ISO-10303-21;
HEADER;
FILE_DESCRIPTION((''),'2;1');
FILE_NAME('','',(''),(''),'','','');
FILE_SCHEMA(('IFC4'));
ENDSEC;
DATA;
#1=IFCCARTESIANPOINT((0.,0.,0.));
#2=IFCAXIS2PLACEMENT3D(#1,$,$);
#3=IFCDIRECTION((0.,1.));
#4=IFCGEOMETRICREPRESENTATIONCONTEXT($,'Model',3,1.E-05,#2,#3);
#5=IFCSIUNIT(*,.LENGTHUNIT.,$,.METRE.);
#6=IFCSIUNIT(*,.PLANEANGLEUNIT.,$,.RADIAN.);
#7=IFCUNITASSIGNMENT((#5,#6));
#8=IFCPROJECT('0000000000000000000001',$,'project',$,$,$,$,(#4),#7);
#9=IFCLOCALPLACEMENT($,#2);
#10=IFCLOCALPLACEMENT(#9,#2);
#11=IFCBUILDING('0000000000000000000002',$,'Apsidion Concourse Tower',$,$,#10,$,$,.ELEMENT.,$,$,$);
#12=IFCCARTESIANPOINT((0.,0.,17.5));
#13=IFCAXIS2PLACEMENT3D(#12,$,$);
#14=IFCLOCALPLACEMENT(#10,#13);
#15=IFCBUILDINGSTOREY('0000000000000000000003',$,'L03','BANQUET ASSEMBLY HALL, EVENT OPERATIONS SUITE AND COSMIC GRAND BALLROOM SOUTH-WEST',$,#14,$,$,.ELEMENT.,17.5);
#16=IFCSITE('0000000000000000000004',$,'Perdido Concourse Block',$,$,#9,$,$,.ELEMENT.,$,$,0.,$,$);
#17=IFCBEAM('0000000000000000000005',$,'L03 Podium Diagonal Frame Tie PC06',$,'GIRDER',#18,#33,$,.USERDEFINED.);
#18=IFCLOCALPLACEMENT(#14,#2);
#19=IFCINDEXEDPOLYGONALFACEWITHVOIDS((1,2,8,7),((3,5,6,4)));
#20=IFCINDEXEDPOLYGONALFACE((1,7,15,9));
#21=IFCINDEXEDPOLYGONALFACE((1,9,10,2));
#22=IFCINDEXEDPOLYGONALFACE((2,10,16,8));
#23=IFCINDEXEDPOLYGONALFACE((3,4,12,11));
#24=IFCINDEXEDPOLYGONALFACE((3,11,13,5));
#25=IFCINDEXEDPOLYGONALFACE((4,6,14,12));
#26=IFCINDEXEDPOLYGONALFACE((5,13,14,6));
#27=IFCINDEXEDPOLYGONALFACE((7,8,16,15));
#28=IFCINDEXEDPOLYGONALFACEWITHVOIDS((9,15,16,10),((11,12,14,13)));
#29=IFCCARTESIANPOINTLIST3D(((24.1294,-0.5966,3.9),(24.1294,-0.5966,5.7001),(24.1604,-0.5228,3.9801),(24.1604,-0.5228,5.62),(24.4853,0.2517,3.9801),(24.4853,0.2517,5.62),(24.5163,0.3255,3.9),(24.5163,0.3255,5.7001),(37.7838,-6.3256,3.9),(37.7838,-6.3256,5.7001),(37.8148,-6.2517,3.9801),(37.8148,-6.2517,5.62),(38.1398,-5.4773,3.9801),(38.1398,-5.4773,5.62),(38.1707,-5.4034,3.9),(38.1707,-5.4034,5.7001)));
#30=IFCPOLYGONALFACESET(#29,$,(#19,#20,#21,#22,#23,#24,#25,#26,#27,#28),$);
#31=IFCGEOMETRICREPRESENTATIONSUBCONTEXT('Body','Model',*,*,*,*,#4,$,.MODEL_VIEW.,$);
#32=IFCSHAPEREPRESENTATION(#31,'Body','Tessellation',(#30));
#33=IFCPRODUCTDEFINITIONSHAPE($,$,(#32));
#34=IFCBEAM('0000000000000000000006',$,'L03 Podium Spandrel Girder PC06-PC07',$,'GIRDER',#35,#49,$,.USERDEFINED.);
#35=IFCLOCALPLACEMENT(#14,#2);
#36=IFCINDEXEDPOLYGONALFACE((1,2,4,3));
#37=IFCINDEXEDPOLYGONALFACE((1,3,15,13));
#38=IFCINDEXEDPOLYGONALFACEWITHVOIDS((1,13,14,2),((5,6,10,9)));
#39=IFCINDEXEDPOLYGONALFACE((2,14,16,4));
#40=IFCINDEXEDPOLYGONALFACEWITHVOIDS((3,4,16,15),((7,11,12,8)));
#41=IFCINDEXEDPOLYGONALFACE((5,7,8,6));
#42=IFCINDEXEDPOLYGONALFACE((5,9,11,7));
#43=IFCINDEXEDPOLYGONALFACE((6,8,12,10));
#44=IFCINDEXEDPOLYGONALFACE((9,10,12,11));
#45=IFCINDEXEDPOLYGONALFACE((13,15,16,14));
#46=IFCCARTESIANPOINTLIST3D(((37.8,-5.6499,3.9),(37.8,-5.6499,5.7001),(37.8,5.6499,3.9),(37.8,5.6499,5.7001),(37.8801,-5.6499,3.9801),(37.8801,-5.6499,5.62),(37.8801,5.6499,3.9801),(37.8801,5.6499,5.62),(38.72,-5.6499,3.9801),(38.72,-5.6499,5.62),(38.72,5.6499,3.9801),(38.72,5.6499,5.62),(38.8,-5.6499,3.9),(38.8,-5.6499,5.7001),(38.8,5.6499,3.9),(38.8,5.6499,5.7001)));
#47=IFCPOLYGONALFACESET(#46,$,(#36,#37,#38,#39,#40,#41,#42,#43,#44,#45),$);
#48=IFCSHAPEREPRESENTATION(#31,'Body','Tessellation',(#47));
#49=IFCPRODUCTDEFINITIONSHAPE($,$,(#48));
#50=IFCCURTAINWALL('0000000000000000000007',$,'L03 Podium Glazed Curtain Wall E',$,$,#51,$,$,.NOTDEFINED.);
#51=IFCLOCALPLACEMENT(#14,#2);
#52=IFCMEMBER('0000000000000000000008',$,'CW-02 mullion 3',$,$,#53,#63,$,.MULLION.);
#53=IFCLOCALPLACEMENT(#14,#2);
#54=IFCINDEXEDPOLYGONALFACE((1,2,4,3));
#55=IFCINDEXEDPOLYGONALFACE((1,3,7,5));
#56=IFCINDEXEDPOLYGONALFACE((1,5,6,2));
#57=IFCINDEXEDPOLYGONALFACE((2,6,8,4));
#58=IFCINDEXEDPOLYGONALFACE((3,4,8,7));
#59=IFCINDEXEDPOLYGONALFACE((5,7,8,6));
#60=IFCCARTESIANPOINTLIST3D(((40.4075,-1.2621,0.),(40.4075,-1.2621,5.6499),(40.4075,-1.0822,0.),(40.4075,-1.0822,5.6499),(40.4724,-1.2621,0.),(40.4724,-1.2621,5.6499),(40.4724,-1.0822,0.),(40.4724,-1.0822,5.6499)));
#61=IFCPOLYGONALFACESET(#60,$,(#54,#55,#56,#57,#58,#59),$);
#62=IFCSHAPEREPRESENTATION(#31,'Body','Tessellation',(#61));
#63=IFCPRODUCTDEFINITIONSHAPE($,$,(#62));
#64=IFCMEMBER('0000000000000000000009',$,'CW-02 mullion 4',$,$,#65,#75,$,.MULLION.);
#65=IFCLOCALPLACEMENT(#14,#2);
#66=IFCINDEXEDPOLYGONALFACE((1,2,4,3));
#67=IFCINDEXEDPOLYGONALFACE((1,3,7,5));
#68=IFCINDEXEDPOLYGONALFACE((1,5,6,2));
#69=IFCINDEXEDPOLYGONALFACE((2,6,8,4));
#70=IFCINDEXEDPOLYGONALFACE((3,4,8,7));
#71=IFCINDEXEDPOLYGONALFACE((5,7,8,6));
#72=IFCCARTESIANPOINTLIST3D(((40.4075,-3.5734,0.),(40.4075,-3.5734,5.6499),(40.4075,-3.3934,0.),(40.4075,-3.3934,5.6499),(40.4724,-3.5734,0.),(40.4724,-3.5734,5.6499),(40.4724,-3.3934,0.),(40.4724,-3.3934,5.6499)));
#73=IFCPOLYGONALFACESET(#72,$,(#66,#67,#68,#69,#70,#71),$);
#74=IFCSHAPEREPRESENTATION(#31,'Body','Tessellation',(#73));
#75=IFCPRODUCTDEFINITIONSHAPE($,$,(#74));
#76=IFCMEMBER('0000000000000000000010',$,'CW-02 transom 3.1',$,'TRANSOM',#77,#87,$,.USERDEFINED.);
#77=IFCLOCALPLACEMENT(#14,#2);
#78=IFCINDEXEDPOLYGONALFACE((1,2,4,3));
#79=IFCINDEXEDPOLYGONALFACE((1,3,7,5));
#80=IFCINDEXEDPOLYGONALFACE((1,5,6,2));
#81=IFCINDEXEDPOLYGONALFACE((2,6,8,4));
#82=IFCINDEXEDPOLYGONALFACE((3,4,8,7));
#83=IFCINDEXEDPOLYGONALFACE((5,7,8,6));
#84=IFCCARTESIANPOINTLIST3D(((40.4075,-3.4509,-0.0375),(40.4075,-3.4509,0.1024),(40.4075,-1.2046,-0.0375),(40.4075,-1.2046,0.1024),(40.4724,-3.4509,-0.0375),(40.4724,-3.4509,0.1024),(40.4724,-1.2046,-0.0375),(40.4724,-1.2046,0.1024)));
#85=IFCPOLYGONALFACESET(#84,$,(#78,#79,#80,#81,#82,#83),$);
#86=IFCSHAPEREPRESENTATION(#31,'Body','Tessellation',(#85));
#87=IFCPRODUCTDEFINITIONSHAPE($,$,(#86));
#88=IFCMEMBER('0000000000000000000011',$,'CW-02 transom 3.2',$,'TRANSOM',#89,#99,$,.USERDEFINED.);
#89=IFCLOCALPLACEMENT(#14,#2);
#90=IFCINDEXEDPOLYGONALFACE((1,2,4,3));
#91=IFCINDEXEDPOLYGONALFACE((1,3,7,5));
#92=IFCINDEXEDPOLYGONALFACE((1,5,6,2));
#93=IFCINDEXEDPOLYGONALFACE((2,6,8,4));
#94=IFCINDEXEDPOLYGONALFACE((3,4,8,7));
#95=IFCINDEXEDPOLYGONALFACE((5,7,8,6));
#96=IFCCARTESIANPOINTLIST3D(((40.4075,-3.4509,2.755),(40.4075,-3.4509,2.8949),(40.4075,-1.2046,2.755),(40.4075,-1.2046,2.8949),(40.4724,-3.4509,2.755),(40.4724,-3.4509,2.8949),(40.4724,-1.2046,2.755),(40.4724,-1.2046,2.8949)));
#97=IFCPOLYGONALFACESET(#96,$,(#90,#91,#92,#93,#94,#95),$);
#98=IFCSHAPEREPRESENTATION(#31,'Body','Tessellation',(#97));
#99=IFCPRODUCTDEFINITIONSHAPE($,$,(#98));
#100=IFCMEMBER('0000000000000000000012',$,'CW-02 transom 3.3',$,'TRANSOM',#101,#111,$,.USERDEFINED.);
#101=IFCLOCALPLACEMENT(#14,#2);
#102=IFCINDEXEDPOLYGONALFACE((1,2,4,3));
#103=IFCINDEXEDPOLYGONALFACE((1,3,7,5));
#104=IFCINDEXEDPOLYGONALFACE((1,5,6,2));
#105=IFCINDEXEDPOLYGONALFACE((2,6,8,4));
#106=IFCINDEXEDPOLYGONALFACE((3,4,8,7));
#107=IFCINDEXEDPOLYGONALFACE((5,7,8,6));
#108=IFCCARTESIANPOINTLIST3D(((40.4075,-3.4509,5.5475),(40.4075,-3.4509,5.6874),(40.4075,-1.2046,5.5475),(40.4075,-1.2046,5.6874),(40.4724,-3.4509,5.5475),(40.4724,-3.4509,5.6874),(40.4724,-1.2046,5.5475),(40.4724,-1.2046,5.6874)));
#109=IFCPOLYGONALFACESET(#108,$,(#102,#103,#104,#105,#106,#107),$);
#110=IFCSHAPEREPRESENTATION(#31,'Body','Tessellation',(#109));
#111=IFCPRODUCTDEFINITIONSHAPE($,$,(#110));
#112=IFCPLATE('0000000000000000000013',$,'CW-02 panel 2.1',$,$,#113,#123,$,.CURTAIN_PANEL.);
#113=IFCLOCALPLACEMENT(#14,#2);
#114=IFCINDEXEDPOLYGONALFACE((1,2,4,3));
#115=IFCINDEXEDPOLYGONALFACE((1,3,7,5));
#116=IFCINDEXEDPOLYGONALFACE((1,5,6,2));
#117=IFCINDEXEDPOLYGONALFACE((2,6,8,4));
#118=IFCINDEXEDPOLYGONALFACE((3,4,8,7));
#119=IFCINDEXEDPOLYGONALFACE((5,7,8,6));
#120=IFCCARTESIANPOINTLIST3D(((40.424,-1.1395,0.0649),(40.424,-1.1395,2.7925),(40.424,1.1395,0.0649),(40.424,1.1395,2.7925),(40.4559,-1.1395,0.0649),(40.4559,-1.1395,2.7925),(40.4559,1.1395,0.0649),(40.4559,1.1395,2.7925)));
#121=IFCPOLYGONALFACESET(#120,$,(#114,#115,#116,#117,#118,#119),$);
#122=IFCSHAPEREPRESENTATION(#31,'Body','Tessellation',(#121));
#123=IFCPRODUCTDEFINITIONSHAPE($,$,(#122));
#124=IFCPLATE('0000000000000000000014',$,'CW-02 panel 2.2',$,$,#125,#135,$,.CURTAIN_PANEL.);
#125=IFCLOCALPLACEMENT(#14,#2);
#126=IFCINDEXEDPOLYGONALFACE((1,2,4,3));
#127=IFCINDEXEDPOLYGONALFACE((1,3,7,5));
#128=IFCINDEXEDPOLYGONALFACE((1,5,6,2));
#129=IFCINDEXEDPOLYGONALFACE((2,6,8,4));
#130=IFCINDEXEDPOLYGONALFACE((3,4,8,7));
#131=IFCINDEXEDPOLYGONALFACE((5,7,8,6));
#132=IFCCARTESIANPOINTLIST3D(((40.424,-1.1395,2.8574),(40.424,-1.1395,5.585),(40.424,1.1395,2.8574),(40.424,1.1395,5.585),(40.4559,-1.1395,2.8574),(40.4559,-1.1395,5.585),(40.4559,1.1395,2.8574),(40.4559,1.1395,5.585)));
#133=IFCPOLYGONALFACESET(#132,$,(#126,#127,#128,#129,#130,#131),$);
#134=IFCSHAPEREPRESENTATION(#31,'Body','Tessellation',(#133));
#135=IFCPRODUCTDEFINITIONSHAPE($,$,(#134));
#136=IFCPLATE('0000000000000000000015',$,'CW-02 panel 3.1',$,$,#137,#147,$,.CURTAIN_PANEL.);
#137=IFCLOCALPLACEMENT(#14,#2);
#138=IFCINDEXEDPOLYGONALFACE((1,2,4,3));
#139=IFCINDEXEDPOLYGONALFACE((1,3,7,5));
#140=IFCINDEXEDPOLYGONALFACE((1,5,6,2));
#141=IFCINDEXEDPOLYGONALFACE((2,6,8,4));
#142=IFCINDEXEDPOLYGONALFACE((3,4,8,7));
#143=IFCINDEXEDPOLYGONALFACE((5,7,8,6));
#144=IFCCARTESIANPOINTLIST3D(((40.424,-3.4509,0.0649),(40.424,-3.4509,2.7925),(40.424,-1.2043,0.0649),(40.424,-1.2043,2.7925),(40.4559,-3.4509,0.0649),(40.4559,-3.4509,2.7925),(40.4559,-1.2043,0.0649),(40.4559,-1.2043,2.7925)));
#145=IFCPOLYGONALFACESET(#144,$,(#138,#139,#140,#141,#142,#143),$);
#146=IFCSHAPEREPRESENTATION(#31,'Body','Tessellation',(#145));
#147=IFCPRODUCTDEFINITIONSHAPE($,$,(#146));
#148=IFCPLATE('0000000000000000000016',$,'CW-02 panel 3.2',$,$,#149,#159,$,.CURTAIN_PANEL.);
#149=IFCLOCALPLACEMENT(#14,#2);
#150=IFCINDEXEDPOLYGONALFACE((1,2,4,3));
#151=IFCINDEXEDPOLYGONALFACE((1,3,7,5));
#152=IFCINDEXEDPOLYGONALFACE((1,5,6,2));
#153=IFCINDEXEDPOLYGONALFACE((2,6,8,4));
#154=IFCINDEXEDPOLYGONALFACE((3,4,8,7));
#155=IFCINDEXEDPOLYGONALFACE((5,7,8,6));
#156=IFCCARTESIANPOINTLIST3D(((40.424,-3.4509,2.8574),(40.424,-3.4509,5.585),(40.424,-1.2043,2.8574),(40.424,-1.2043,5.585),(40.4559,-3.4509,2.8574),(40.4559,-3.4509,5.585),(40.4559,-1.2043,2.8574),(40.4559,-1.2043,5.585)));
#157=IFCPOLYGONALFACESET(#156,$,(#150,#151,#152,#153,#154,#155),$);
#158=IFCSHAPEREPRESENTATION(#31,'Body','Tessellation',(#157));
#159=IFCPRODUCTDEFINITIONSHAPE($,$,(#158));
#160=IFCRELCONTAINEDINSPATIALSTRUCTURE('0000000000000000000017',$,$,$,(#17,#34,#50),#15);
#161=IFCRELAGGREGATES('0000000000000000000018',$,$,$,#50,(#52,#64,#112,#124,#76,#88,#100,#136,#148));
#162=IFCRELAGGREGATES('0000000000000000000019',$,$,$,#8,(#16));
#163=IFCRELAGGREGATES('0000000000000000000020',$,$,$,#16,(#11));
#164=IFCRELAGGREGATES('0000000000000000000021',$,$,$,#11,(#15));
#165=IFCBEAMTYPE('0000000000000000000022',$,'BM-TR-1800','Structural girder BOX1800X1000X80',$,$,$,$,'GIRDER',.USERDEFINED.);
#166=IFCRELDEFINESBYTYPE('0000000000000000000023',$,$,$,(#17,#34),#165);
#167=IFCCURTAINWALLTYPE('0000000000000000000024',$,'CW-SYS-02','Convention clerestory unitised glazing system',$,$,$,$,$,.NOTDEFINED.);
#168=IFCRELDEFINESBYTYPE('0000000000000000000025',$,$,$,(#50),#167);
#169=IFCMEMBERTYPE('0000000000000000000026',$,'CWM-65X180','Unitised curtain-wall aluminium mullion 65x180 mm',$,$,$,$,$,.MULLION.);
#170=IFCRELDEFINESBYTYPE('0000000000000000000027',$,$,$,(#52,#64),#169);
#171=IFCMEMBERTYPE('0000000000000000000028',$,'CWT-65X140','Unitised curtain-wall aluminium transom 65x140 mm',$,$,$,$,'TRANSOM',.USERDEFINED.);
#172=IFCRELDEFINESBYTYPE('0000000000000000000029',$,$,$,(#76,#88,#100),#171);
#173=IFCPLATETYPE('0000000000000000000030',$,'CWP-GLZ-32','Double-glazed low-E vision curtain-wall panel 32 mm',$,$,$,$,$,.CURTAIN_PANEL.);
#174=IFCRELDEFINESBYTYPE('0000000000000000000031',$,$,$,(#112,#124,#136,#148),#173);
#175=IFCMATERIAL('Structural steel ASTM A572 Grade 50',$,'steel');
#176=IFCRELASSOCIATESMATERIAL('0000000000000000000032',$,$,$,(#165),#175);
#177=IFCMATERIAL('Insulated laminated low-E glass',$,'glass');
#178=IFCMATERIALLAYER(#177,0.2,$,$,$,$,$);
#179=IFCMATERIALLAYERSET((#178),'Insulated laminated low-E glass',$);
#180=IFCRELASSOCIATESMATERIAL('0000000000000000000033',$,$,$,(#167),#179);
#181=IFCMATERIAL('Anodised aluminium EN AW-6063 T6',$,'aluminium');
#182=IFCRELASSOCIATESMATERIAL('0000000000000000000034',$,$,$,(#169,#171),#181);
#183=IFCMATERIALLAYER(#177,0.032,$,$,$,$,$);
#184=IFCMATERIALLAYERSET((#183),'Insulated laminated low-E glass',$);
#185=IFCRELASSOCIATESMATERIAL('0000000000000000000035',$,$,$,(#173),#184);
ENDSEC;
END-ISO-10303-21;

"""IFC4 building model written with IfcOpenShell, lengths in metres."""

from ifc_helpers import new_model, si_unit, direction, frame, origin, origin_2d, place, context, subcontext, project, spatial, rectangle, hollow_rectangle, extrude, material, layer, layer_set, material_profile, profile_set, type_object, element, aggregate, save


model = new_model("IFC4")

# Units and contexts
model_context = context("Model", 3, precision=1e-05, world=origin(), true_north=direction((0.0, 1.0)))
body_context = subcontext(model_context, "Body", "Model", "MODEL_VIEW")
ifc_project = project(units=[si_unit("LENGTHUNIT", "METRE"), si_unit("PLANEANGLEUNIT", "RADIAN")], contexts=[model_context])

# Site, building, storey
site_placement = place(None, origin())
site = spatial("IfcSite", under=ifc_project, at=site_placement, Name="Perdido Concourse Block", CompositionType="ELEMENT", RefElevation=0.0)
building_placement = place(site_placement, origin())
building = spatial("IfcBuilding", under=site, at=building_placement, Name="Apsidion Concourse Tower", CompositionType="ELEMENT")
storey_placement = place(building_placement, frame((0.0, 0.0, 17.5)))
storey = spatial("IfcBuildingStorey", under=building, at=storey_placement, Name="L03", Description="BANQUET ASSEMBLY HALL, EVENT OPERATIONS SUITE AND COSMIC GRAND BALLROOM SOUTH-WEST", CompositionType="ELEMENT", Elevation=17.5)

# Beams
ifc_material_1 = material(Name="Structural steel ASTM A572 Grade 50", Category="steel")
ifc_material_profile_1 = material_profile(ifc_material_1, hollow_rectangle(XDim=1.0, YDim=1.8, WallThickness=0.0801, at=origin_2d()), Name="BOX1800X1000X80")
ifc_profile_set_1 = profile_set([ifc_material_profile_1], Name="Structural steel ASTM A572 Grade 50")
beam_type = type_object("IfcBeamType", Name="BM-TR-1800", Description="Structural girder BOX1800X1000X80", ElementType="GIRDER", PredefinedType="USERDEFINED", material=ifc_profile_set_1)
beam_1_placement = place(storey_placement, frame((37.9773, -5.8645, 4.8), z_axis=(-0.922124, 0.386894, 0.0), x_axis=(-0.386894, -0.922124, 0.0)))
element("IfcBeam", 1, at=beam_1_placement, inside=storey, type_object=beam_type, Name="L03 Podium Diagonal Frame Tie PC06", ObjectType="GIRDER", PredefinedType="USERDEFINED", context=body_context, shape_type="SweptSolid", body=[
    extrude(hollow_rectangle(XDim=1.0, YDim=1.8, WallThickness=0.0801, at=origin_2d()), origin(), (0.0, 0.0, 1.0), 14.8076),
])
beam_2_placement = place(storey_placement, frame((38.3, -5.6499, 4.8), z_axis=(0.0, 1.0, 0.0), x_axis=(-1.0, 0.0, 0.0)))
element("IfcBeam", 2, at=beam_2_placement, inside=storey, type_object=beam_type, Name="L03 Podium Spandrel Girder PC06-PC07", ObjectType="GIRDER", PredefinedType="USERDEFINED", context=body_context, shape_type="SweptSolid", body=[
    extrude(hollow_rectangle(XDim=1.0, YDim=1.8, WallThickness=0.0801, at=origin_2d()), origin(), (0.0, 0.0, 1.0), 11.2998),
])

# Curtain wall, members, plates
ifc_material_2 = material(Name="Insulated laminated low-E glass", Category="glass")
ifc_layer_1 = layer(ifc_material_2, 0.2)
ifc_layer_set_1 = layer_set([ifc_layer_1], Name="Insulated laminated low-E glass")
curtain_wall_type = type_object("IfcCurtainWallType", Name="CW-SYS-02", Description="Convention clerestory unitised glazing system", PredefinedType="NOTDEFINED", material=ifc_layer_set_1)
curtain_wall_placement = place(storey_placement, origin())
curtain_wall = element("IfcCurtainWall", 3, at=curtain_wall_placement, inside=storey, type_object=curtain_wall_type, Name="L03 Podium Glazed Curtain Wall E", PredefinedType="NOTDEFINED")
ifc_material_3 = material(Name="Anodised aluminium EN AW-6063 T6", Category="aluminium")
ifc_material_profile_2 = material_profile(ifc_material_3, rectangle(XDim=0.0649, YDim=0.1799, at=origin_2d()), Name="ALU MULLION 65x180")
ifc_profile_set_2 = profile_set([ifc_material_profile_2], Name="Anodised aluminium EN AW-6063 T6")
member_type_1 = type_object("IfcMemberType", Name="CWM-65X180", Description="Unitised curtain-wall aluminium mullion 65x180 mm", PredefinedType="MULLION", material=ifc_profile_set_2)
member_1_placement = place(storey_placement, frame((40.4399, -1.1721, 0.0), z_axis=(0.0, 0.0, 1.0), x_axis=(1.0, 0.0, 0.0)))
member_1 = element("IfcMember", 4, at=member_1_placement, type_object=member_type_1, Name="CW-02 mullion 3", PredefinedType="MULLION", context=body_context, shape_type="SweptSolid", body=[
    extrude(rectangle(XDim=0.0649, YDim=0.1799, at=origin_2d()), origin(), (0.0, 0.0, 1.0), 5.6499),
])
member_2_placement = place(storey_placement, frame((40.4399, -3.4834, 0.0), z_axis=(0.0, 0.0, 1.0), x_axis=(1.0, 0.0, 0.0)))
member_2 = element("IfcMember", 5, at=member_2_placement, type_object=member_type_1, Name="CW-02 mullion 4", PredefinedType="MULLION", context=body_context, shape_type="SweptSolid", body=[
    extrude(rectangle(XDim=0.0649, YDim=0.1799, at=origin_2d()), origin(), (0.0, 0.0, 1.0), 5.6499),
])
ifc_material_profile_3 = material_profile(ifc_material_3, rectangle(XDim=0.0649, YDim=0.1399, at=origin_2d()), Name="ALU TRANSOM 65x140")
ifc_profile_set_3 = profile_set([ifc_material_profile_3], Name="Anodised aluminium EN AW-6063 T6")
member_type_2 = type_object("IfcMemberType", Name="CWT-65X140", Description="Unitised curtain-wall aluminium transom 65x140 mm", ElementType="TRANSOM", PredefinedType="USERDEFINED", material=ifc_profile_set_3)
member_3_placement = place(storey_placement, frame((40.4399, -1.2046, 0.0325), z_axis=(0.0, -1.0, 0.0), x_axis=(1.0, 0.0, 0.0)))
member_3 = element("IfcMember", 6, at=member_3_placement, type_object=member_type_2, Name="CW-02 transom 3.1", ObjectType="TRANSOM", PredefinedType="USERDEFINED", context=body_context, shape_type="SweptSolid", body=[
    extrude(rectangle(XDim=0.0649, YDim=0.1399, at=origin_2d()), origin(), (0.0, 0.0, 1.0), 2.2463),
])
member_4_placement = place(storey_placement, frame((40.4399, -1.2046, 2.825), z_axis=(0.0, -1.0, 0.0), x_axis=(1.0, 0.0, 0.0)))
member_4 = element("IfcMember", 7, at=member_4_placement, type_object=member_type_2, Name="CW-02 transom 3.2", ObjectType="TRANSOM", PredefinedType="USERDEFINED", context=body_context, shape_type="SweptSolid", body=[
    extrude(rectangle(XDim=0.0649, YDim=0.1399, at=origin_2d()), origin(), (0.0, 0.0, 1.0), 2.2463),
])
member_5_placement = place(storey_placement, frame((40.4399, -1.2046, 5.6174), z_axis=(0.0, -1.0, 0.0), x_axis=(1.0, 0.0, 0.0)))
member_5 = element("IfcMember", 8, at=member_5_placement, type_object=member_type_2, Name="CW-02 transom 3.3", ObjectType="TRANSOM", PredefinedType="USERDEFINED", context=body_context, shape_type="SweptSolid", body=[
    extrude(rectangle(XDim=0.0649, YDim=0.1399, at=origin_2d()), origin(), (0.0, 0.0, 1.0), 2.2463),
])
ifc_layer_2 = layer(ifc_material_2, 0.032)
ifc_layer_set_2 = layer_set([ifc_layer_2], Name="Insulated laminated low-E glass")
plate_type = type_object("IfcPlateType", Name="CWP-GLZ-32", Description="Double-glazed low-E vision curtain-wall panel 32 mm", PredefinedType="CURTAIN_PANEL", material=ifc_layer_set_2)
plate_1_placement = place(storey_placement, frame((40.4399, 0.0, 0.0649), z_axis=(0.0, 0.0, 1.0), x_axis=(0.0, -1.0, 0.0)))
plate_1 = element("IfcPlate", 9, at=plate_1_placement, type_object=plate_type, Name="CW-02 panel 2.1", PredefinedType="CURTAIN_PANEL", context=body_context, shape_type="SweptSolid", body=[
    extrude(rectangle(XDim=2.2791, YDim=0.032, at=origin_2d()), origin(), (0.0, 0.0, 1.0), 2.7275),
])
plate_2_placement = place(storey_placement, frame((40.4399, 0.0, 2.8574), z_axis=(0.0, 0.0, 1.0), x_axis=(0.0, -1.0, 0.0)))
plate_2 = element("IfcPlate", 10, at=plate_2_placement, type_object=plate_type, Name="CW-02 panel 2.2", PredefinedType="CURTAIN_PANEL", context=body_context, shape_type="SweptSolid", body=[
    extrude(rectangle(XDim=2.2791, YDim=0.032, at=origin_2d()), origin(), (0.0, 0.0, 1.0), 2.7275),
])
plate_3_placement = place(storey_placement, frame((40.4399, -2.3276, 0.0649), z_axis=(0.0, 0.0, 1.0), x_axis=(0.0, -1.0, 0.0)))
plate_3 = element("IfcPlate", 11, at=plate_3_placement, type_object=plate_type, Name="CW-02 panel 3.1", PredefinedType="CURTAIN_PANEL", context=body_context, shape_type="SweptSolid", body=[
    extrude(rectangle(XDim=2.2466, YDim=0.032, at=origin_2d()), origin(), (0.0, 0.0, 1.0), 2.7275),
])
plate_4_placement = place(storey_placement, frame((40.4399, -2.3276, 2.8574), z_axis=(0.0, 0.0, 1.0), x_axis=(0.0, -1.0, 0.0)))
plate_4 = element("IfcPlate", 12, at=plate_4_placement, type_object=plate_type, Name="CW-02 panel 3.2", PredefinedType="CURTAIN_PANEL", context=body_context, shape_type="SweptSolid", body=[
    extrude(rectangle(XDim=2.2466, YDim=0.032, at=origin_2d()), origin(), (0.0, 0.0, 1.0), 2.7275),
])
aggregate(curtain_wall, [member_1, member_2, plate_1, plate_2, member_3, member_4, member_5, plate_3, plate_4])

save(model, "model.ifc")
